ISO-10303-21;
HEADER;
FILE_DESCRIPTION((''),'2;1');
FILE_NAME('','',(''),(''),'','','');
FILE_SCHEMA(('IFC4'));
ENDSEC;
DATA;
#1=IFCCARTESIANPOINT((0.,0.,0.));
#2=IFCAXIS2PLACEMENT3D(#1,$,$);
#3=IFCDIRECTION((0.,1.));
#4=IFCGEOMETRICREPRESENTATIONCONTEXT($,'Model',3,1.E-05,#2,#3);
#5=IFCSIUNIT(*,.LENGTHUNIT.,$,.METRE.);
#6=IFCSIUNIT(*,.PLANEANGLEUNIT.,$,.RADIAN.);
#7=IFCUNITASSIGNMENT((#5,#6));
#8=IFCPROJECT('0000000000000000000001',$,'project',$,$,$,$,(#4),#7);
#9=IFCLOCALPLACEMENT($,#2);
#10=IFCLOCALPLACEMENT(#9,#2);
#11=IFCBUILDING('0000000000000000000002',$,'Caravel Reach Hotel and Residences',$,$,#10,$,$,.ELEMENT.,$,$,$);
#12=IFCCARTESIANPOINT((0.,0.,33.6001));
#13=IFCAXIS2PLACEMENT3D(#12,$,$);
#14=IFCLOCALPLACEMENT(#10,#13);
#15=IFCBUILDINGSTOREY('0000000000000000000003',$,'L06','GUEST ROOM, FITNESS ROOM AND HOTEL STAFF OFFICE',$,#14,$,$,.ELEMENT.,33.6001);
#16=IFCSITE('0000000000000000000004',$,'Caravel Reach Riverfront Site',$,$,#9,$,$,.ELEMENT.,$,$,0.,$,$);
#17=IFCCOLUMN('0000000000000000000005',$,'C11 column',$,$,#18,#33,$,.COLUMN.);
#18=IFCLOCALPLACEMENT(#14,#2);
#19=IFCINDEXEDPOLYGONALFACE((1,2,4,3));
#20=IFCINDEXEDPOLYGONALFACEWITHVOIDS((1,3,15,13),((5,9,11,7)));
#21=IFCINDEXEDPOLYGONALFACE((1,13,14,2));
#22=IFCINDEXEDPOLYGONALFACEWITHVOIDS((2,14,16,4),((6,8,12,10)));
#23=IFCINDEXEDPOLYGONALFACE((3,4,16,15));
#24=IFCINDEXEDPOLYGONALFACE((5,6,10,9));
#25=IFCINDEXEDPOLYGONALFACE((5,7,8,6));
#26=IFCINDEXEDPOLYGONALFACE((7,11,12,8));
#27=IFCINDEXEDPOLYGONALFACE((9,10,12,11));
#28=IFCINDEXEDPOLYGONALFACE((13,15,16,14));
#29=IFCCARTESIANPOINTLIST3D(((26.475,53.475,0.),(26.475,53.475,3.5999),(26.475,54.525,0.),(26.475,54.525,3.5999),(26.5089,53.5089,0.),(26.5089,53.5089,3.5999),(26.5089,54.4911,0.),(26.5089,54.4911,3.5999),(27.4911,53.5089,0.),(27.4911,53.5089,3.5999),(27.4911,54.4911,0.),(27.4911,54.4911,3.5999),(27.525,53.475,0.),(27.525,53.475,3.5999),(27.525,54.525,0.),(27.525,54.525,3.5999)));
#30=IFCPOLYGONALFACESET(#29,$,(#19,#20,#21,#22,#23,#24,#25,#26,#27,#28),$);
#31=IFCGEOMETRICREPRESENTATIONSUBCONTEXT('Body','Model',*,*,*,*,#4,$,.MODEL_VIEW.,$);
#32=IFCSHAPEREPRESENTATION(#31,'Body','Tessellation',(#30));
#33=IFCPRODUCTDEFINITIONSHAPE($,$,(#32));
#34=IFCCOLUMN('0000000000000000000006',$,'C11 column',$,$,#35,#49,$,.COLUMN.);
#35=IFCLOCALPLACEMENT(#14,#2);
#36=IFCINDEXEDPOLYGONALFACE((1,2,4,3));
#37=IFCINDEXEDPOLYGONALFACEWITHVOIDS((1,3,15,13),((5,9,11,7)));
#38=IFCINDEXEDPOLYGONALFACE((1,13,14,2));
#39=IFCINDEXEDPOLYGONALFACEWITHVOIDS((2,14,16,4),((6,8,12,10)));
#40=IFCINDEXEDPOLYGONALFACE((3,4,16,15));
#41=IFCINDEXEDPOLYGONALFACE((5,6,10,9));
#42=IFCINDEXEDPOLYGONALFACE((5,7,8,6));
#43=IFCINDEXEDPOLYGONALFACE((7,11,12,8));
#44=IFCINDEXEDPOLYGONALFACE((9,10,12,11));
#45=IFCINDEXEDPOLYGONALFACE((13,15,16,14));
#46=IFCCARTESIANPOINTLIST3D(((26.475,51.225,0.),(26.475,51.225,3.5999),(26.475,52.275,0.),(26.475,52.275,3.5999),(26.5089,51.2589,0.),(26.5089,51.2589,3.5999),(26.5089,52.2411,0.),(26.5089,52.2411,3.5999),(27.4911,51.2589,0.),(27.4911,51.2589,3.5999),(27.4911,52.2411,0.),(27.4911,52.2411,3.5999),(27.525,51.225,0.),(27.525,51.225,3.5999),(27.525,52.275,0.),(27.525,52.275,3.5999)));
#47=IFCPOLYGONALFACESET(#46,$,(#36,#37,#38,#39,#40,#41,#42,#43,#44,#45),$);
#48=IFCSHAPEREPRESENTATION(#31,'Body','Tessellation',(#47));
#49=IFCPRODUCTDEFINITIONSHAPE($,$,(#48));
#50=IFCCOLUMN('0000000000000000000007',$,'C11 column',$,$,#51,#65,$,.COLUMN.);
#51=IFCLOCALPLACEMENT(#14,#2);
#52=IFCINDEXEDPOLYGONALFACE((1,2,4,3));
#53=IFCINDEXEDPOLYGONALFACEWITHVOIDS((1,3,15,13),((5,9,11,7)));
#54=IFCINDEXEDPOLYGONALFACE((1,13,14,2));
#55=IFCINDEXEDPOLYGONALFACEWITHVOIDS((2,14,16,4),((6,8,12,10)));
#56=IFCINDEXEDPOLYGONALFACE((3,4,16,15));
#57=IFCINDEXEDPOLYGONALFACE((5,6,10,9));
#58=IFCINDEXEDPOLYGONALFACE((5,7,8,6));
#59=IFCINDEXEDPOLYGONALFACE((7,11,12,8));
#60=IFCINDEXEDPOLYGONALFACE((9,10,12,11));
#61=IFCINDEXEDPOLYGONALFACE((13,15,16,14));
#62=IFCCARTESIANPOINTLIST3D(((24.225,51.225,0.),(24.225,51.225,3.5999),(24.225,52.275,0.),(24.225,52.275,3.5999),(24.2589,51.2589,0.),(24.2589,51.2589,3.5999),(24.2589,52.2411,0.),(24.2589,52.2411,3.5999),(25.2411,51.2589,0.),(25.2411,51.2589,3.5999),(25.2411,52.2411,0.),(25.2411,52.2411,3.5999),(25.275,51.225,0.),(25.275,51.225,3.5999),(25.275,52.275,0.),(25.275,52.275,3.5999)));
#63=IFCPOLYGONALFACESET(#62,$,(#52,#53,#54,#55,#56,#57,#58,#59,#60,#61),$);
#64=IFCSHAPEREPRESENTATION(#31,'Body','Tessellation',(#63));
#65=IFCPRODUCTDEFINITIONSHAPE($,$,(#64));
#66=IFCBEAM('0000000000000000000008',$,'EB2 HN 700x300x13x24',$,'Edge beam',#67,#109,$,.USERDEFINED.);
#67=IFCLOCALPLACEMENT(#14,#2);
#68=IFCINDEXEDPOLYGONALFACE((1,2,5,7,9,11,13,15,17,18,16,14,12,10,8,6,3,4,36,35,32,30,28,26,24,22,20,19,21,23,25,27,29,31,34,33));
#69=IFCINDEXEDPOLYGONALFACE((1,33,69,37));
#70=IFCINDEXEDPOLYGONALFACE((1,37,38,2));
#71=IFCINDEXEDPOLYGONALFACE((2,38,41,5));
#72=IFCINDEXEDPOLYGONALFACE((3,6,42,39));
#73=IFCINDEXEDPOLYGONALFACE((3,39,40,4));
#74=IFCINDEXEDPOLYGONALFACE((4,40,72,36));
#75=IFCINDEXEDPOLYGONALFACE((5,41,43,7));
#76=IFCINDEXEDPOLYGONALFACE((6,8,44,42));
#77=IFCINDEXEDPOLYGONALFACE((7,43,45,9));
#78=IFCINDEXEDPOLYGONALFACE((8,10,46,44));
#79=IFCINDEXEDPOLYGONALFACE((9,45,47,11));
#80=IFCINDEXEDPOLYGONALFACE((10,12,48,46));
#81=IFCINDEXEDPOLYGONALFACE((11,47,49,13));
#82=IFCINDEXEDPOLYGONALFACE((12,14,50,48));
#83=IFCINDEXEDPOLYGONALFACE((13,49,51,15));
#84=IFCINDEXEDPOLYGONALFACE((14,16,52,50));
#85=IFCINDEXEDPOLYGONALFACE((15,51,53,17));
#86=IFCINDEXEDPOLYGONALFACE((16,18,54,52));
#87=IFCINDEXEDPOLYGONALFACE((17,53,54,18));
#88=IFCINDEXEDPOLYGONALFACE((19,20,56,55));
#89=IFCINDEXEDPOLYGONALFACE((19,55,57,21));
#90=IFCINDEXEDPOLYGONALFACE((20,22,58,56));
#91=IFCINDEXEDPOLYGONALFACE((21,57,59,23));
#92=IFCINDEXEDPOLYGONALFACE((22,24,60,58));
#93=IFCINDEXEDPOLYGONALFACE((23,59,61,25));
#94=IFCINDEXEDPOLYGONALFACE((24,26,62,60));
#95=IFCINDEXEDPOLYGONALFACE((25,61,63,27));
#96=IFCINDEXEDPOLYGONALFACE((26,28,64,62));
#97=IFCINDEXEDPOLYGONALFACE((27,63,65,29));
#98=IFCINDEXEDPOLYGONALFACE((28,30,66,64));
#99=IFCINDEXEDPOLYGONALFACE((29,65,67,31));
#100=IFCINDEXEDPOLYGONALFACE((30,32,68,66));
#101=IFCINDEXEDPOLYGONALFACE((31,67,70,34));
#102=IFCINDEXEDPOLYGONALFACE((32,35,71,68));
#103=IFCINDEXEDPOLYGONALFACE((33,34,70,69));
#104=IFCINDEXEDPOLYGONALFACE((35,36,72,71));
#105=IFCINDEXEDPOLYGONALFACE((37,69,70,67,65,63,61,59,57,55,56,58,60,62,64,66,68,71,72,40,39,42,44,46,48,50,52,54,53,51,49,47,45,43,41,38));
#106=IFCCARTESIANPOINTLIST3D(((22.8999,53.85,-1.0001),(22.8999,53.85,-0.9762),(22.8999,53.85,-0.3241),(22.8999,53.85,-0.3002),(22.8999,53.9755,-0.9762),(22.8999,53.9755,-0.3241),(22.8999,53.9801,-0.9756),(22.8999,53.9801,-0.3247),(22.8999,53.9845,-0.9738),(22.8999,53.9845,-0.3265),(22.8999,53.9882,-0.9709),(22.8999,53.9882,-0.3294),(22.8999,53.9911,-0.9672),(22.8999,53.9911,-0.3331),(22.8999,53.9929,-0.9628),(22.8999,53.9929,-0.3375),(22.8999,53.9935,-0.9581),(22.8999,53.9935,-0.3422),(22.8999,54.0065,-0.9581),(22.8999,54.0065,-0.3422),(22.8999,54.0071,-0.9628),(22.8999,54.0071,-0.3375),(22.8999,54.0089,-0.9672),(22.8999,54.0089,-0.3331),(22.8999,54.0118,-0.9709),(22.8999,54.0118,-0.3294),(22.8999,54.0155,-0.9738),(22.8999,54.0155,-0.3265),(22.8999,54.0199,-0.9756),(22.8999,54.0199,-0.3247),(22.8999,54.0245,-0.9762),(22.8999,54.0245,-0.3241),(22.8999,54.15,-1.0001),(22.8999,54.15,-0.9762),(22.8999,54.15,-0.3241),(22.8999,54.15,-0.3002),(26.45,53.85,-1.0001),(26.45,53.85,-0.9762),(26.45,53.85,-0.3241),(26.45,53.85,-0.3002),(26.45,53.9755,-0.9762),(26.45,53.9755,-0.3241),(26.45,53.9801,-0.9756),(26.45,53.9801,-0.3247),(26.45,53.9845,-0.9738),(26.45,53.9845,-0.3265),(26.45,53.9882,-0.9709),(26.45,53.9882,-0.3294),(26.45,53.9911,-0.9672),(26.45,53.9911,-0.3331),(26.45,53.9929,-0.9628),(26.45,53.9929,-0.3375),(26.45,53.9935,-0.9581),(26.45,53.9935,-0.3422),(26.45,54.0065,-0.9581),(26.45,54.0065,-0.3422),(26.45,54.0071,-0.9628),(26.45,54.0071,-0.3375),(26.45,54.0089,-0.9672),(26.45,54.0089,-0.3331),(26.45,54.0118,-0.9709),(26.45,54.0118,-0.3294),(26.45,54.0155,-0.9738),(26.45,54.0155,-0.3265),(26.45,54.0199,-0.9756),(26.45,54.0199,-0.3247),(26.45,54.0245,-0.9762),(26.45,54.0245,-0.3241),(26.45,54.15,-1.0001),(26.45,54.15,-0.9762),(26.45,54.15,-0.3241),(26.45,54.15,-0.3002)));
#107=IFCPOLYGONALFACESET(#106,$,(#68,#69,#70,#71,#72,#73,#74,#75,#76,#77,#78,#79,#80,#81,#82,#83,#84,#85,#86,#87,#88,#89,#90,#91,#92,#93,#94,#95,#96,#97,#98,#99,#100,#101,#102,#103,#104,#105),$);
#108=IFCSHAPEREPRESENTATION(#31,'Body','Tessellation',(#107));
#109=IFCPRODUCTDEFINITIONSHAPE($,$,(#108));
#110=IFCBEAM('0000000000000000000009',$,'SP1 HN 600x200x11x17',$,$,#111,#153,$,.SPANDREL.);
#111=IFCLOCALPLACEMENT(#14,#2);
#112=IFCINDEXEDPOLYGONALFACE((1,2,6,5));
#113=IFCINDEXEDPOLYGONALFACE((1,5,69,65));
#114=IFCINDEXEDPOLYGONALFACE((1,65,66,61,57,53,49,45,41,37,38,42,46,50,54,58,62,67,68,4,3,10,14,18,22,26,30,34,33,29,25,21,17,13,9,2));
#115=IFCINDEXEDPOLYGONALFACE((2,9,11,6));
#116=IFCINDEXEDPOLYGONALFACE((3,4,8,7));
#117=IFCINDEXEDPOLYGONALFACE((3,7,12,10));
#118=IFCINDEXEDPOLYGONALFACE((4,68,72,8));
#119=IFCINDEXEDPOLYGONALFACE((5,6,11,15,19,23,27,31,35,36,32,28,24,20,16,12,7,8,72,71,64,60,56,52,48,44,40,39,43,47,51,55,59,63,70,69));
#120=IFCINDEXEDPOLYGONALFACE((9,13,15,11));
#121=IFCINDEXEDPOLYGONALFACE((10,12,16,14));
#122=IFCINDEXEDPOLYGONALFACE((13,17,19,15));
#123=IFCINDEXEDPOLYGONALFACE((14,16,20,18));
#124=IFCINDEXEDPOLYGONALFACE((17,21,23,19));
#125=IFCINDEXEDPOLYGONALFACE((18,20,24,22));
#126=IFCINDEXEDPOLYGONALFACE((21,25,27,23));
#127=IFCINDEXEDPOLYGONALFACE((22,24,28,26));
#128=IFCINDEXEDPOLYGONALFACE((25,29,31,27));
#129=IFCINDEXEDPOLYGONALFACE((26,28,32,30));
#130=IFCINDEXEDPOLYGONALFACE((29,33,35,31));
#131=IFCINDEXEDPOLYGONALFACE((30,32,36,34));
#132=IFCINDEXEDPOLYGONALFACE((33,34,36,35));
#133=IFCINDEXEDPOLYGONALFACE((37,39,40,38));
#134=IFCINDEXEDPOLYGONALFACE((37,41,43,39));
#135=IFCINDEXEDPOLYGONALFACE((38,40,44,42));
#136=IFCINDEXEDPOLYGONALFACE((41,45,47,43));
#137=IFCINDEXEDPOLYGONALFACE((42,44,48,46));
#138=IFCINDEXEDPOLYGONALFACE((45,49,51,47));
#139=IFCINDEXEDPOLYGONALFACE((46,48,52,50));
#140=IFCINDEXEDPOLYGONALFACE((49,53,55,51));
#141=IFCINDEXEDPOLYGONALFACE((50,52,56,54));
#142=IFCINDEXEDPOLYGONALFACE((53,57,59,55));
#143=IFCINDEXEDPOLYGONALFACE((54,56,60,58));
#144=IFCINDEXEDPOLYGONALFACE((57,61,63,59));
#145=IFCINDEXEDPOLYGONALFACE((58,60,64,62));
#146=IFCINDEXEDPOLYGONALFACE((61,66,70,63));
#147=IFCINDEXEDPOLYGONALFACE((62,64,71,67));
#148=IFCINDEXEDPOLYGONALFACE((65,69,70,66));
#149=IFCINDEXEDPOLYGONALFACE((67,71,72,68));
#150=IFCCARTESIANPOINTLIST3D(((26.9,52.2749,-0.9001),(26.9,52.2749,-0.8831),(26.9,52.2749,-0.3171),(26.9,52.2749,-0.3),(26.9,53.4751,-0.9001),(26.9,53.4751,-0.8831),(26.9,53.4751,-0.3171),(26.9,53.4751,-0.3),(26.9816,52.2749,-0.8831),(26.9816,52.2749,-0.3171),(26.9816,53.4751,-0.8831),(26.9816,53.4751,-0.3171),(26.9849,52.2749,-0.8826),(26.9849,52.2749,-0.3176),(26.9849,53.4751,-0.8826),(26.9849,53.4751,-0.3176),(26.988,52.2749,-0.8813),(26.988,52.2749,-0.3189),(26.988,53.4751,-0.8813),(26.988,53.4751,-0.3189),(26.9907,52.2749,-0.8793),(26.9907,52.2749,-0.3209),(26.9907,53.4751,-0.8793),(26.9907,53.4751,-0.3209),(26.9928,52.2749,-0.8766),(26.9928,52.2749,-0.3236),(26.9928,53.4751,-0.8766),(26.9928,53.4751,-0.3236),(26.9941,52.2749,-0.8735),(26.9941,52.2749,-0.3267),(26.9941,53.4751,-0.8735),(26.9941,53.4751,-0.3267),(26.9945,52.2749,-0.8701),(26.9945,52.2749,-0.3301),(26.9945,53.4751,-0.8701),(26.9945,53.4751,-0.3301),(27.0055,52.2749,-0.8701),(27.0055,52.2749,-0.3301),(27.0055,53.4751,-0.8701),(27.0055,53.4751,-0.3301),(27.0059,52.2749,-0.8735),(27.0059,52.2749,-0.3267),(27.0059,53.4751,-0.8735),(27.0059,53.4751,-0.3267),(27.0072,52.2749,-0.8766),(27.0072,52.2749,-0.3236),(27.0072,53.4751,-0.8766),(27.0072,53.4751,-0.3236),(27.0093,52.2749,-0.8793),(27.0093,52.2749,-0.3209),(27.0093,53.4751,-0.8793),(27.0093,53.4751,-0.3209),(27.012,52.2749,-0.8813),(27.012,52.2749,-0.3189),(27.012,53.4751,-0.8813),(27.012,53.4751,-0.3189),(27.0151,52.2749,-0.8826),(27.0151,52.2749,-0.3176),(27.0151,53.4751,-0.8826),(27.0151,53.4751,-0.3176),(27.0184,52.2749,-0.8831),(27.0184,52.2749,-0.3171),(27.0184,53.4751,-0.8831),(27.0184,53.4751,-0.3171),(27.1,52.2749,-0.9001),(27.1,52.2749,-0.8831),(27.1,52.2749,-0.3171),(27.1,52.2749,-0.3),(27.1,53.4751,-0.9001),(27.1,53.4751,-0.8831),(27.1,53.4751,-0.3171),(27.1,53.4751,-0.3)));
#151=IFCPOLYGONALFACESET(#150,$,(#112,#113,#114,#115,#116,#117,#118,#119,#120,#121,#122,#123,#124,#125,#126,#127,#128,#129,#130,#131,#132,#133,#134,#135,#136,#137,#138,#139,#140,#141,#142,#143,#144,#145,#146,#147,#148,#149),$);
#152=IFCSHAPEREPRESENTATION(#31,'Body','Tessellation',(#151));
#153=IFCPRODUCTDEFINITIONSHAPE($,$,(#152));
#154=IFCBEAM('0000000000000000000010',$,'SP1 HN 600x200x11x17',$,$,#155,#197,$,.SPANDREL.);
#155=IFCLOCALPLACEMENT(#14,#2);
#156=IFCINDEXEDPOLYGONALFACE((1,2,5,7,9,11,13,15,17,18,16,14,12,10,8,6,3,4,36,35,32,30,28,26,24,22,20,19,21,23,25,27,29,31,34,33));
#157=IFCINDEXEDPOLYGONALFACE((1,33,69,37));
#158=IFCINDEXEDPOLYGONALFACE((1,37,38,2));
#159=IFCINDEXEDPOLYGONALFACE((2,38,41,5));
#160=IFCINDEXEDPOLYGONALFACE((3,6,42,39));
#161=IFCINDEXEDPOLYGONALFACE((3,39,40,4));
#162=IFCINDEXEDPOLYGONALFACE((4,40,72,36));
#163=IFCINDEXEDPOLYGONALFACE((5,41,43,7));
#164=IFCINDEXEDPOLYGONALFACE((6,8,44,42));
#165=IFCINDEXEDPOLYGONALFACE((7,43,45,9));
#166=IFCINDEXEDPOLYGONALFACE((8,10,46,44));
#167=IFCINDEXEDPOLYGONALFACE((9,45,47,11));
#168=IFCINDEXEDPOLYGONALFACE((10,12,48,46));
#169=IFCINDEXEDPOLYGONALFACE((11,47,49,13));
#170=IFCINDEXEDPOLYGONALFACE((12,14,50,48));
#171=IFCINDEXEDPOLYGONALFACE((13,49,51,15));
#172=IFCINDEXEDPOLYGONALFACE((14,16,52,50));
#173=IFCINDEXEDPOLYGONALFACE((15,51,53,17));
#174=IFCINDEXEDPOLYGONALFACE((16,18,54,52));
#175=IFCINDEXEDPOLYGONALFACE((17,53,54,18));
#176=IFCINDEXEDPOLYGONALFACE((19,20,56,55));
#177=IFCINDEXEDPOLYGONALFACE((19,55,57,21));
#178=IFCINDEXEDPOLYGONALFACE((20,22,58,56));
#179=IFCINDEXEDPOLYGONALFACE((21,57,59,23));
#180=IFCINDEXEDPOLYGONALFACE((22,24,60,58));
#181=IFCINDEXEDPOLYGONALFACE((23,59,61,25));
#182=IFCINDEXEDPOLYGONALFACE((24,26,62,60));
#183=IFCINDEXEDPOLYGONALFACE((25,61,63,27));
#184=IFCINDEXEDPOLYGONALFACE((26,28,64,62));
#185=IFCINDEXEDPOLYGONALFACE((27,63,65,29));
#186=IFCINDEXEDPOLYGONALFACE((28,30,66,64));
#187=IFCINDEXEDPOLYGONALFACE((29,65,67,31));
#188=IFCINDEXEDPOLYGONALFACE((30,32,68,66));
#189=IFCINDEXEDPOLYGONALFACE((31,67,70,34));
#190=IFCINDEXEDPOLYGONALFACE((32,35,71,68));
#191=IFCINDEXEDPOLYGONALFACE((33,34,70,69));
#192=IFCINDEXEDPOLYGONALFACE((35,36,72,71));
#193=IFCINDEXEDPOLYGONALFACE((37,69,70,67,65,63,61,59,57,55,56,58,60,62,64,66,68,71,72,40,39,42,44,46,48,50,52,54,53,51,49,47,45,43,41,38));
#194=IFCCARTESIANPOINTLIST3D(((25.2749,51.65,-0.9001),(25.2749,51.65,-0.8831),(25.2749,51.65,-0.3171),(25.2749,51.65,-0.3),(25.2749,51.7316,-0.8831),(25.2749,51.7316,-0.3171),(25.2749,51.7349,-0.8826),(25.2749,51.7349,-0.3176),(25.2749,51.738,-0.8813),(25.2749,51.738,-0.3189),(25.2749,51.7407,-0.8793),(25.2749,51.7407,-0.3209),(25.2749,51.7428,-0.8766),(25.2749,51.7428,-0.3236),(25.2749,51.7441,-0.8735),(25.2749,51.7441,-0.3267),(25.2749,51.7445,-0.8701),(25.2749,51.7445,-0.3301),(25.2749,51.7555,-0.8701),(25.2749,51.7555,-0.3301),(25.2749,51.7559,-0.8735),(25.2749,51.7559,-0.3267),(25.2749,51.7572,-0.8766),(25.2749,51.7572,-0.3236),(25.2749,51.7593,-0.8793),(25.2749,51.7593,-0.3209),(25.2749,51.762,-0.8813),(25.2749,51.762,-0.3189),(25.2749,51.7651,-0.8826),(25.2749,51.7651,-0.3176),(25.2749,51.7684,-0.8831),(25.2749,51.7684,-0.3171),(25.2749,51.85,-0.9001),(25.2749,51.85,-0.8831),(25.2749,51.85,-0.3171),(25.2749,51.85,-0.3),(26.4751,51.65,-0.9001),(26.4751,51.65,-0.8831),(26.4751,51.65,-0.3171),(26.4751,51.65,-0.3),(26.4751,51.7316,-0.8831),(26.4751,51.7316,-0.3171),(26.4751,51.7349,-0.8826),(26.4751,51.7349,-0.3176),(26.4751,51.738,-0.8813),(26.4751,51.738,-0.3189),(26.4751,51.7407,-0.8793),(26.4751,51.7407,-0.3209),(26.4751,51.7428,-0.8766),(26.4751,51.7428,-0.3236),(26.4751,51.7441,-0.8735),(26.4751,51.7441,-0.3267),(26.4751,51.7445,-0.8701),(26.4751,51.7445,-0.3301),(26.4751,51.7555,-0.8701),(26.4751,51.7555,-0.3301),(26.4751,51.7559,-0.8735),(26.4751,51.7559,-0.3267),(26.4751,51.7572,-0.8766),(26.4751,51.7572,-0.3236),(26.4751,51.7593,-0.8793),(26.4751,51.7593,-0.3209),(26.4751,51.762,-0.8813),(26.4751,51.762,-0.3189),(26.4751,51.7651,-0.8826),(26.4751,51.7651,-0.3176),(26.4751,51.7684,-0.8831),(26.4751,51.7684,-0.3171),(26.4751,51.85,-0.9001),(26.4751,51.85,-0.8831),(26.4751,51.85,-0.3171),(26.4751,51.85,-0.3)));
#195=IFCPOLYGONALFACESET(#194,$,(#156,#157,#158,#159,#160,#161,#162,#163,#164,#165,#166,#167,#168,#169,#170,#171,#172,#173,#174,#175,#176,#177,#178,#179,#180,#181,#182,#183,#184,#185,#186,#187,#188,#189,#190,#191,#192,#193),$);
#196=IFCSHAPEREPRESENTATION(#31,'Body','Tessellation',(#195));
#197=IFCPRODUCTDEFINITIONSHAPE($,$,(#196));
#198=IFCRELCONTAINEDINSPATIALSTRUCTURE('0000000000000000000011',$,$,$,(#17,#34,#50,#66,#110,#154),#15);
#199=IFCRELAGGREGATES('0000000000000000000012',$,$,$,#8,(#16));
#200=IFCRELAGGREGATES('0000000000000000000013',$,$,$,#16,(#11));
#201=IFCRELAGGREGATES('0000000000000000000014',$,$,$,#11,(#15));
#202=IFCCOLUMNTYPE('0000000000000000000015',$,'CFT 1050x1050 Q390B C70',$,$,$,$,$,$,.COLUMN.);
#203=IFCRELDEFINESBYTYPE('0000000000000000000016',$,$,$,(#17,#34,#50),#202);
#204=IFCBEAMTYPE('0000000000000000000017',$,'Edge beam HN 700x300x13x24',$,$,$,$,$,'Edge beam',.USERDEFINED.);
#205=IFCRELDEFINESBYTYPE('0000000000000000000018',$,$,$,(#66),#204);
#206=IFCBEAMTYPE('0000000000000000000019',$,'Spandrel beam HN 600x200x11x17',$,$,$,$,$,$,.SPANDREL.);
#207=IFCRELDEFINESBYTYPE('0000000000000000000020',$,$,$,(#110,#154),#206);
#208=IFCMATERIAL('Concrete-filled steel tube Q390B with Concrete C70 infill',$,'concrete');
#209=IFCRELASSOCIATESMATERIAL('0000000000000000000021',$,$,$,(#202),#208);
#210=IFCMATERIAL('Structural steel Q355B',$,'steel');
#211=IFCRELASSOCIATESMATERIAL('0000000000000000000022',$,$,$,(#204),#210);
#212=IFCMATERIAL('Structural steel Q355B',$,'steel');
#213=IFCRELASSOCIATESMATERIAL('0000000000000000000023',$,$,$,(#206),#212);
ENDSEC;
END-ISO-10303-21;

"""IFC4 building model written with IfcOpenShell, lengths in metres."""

from ifc_helpers import new_model, si_unit, direction, frame, origin, origin_2d, place, context, subcontext, project, spatial, hollow_rectangle, i_section, extrude, material, material_profile, profile_set, type_object, element, save


model = new_model("IFC4")

# Units and contexts
model_context = context("Model", 3, precision=1e-05, world=origin(), true_north=direction((0.0, 1.0)))
body_context = subcontext(model_context, "Body", "Model", "MODEL_VIEW")
ifc_project = project(units=[si_unit("LENGTHUNIT", "METRE"), si_unit("PLANEANGLEUNIT", "RADIAN")], contexts=[model_context])

# Site, building, storey
site_placement = place(None, origin())
site = spatial("IfcSite", under=ifc_project, at=site_placement, Name="Caravel Reach Riverfront Site", CompositionType="ELEMENT", RefElevation=0.0)
building_placement = place(site_placement, origin())
building = spatial("IfcBuilding", under=site, at=building_placement, Name="Caravel Reach Hotel and Residences", CompositionType="ELEMENT")
storey_placement = place(building_placement, frame((0.0, 0.0, 33.6001)))
storey = spatial("IfcBuildingStorey", under=building, at=storey_placement, Name="L06", Description="GUEST ROOM, FITNESS ROOM AND HOTEL STAFF OFFICE", CompositionType="ELEMENT", Elevation=33.6001)

# Columns
ifc_material_1 = material(Name="Concrete-filled steel tube Q390B with Concrete C70 infill", Category="concrete")
ifc_material_profile_1 = material_profile(ifc_material_1, hollow_rectangle(XDim=1.05, YDim=1.05, WallThickness=0.0339, at=origin_2d()), Name="RHS 1050x1050x34")
ifc_profile_set_1 = profile_set([ifc_material_profile_1], Name="Concrete-filled steel tube Q390B with Concrete C70 infill")
column_type = type_object("IfcColumnType", Name="CFT 1050x1050 Q390B C70", PredefinedType="COLUMN", material=ifc_profile_set_1)
for number, where, z_axis, x_axis, name in (
    (1, (27.0, 54.0, 0.0), (0.0, 0.0, 1.0), (1.0, 0.0, 0.0), "C11 column"),
    (2, (27.0, 51.75, 0.0), (0.0, 0.0, 1.0), (1.0, 0.0, 0.0), "C11 column"),
    (3, (24.75, 51.75, 0.0), (0.0, 0.0, 1.0), (1.0, 0.0, 0.0), "C11 column"),
):
    element("IfcColumn", number, at=place(storey_placement, frame(where, z_axis=z_axis, x_axis=x_axis)), inside=storey, type_object=column_type, Name=name, PredefinedType="COLUMN", context=body_context, shape_type="SweptSolid", body=[
        extrude(hollow_rectangle(XDim=1.05, YDim=1.05, WallThickness=0.0339, at=origin_2d()), origin(), (0.0, 0.0, 1.0), 3.5999),
    ])

# Beams
ifc_material_2 = material(Name="Structural steel Q355B", Category="steel")
ifc_material_profile_2 = material_profile(ifc_material_2, i_section(OverallWidth=0.3, OverallDepth=0.7, WebThickness=0.0129, FlangeThickness=0.0239, FilletRadius=0.0181, at=origin_2d()), Name="HN 700x300x13x24")
ifc_profile_set_2 = profile_set([ifc_material_profile_2], Name="Structural steel Q355B")
beam_type_1 = type_object("IfcBeamType", Name="Edge beam HN 700x300x13x24", ElementType="Edge beam", PredefinedType="USERDEFINED", material=ifc_profile_set_2)
beam_placement = place(storey_placement, frame((22.8999, 54.0, -0.6501), z_axis=(1.0, 0.0, 0.0), x_axis=(0.0, 1.0, 0.0)))
element("IfcBeam", 4, at=beam_placement, inside=storey, type_object=beam_type_1, Name="EB2 HN 700x300x13x24", ObjectType="Edge beam", PredefinedType="USERDEFINED", context=body_context, shape_type="SweptSolid", body=[
    extrude(i_section(OverallWidth=0.3, OverallDepth=0.7, WebThickness=0.0129, FlangeThickness=0.0239, FilletRadius=0.0181, at=origin_2d()), origin(), (0.0, 0.0, 1.0), 3.55),
])
ifc_material_3 = material(Name="Structural steel Q355B", Category="steel")
ifc_material_profile_3 = material_profile(ifc_material_3, i_section(OverallWidth=0.2, OverallDepth=0.6001, WebThickness=0.011, FlangeThickness=0.0171, FilletRadius=0.0129, at=origin_2d()), Name="HN 600x200x11x17")
ifc_profile_set_3 = profile_set([ifc_material_profile_3], Name="Structural steel Q355B")
beam_type_2 = type_object("IfcBeamType", Name="Spandrel beam HN 600x200x11x17", PredefinedType="SPANDREL", material=ifc_profile_set_3)
for number, where, z_axis, x_axis, name in (
    (5, (27.0, 53.4751, -0.6001), (0.0, -1.0, 0.0), (1.0, 0.0, 0.0), "SP1 HN 600x200x11x17"),
    (6, (26.4751, 51.75, -0.6001), (-1.0, 0.0, 0.0), (0.0, -1.0, 0.0), "SP1 HN 600x200x11x17"),
):
    element("IfcBeam", number, at=place(storey_placement, frame(where, z_axis=z_axis, x_axis=x_axis)), inside=storey, type_object=beam_type_2, Name=name, PredefinedType="SPANDREL", context=body_context, shape_type="SweptSolid", body=[
        extrude(i_section(OverallWidth=0.2, OverallDepth=0.6001, WebThickness=0.011, FlangeThickness=0.0171, FilletRadius=0.0129, at=origin_2d()), origin(), (0.0, 0.0, 1.0), 1.2002),
    ])

save(model, "model.ifc")
